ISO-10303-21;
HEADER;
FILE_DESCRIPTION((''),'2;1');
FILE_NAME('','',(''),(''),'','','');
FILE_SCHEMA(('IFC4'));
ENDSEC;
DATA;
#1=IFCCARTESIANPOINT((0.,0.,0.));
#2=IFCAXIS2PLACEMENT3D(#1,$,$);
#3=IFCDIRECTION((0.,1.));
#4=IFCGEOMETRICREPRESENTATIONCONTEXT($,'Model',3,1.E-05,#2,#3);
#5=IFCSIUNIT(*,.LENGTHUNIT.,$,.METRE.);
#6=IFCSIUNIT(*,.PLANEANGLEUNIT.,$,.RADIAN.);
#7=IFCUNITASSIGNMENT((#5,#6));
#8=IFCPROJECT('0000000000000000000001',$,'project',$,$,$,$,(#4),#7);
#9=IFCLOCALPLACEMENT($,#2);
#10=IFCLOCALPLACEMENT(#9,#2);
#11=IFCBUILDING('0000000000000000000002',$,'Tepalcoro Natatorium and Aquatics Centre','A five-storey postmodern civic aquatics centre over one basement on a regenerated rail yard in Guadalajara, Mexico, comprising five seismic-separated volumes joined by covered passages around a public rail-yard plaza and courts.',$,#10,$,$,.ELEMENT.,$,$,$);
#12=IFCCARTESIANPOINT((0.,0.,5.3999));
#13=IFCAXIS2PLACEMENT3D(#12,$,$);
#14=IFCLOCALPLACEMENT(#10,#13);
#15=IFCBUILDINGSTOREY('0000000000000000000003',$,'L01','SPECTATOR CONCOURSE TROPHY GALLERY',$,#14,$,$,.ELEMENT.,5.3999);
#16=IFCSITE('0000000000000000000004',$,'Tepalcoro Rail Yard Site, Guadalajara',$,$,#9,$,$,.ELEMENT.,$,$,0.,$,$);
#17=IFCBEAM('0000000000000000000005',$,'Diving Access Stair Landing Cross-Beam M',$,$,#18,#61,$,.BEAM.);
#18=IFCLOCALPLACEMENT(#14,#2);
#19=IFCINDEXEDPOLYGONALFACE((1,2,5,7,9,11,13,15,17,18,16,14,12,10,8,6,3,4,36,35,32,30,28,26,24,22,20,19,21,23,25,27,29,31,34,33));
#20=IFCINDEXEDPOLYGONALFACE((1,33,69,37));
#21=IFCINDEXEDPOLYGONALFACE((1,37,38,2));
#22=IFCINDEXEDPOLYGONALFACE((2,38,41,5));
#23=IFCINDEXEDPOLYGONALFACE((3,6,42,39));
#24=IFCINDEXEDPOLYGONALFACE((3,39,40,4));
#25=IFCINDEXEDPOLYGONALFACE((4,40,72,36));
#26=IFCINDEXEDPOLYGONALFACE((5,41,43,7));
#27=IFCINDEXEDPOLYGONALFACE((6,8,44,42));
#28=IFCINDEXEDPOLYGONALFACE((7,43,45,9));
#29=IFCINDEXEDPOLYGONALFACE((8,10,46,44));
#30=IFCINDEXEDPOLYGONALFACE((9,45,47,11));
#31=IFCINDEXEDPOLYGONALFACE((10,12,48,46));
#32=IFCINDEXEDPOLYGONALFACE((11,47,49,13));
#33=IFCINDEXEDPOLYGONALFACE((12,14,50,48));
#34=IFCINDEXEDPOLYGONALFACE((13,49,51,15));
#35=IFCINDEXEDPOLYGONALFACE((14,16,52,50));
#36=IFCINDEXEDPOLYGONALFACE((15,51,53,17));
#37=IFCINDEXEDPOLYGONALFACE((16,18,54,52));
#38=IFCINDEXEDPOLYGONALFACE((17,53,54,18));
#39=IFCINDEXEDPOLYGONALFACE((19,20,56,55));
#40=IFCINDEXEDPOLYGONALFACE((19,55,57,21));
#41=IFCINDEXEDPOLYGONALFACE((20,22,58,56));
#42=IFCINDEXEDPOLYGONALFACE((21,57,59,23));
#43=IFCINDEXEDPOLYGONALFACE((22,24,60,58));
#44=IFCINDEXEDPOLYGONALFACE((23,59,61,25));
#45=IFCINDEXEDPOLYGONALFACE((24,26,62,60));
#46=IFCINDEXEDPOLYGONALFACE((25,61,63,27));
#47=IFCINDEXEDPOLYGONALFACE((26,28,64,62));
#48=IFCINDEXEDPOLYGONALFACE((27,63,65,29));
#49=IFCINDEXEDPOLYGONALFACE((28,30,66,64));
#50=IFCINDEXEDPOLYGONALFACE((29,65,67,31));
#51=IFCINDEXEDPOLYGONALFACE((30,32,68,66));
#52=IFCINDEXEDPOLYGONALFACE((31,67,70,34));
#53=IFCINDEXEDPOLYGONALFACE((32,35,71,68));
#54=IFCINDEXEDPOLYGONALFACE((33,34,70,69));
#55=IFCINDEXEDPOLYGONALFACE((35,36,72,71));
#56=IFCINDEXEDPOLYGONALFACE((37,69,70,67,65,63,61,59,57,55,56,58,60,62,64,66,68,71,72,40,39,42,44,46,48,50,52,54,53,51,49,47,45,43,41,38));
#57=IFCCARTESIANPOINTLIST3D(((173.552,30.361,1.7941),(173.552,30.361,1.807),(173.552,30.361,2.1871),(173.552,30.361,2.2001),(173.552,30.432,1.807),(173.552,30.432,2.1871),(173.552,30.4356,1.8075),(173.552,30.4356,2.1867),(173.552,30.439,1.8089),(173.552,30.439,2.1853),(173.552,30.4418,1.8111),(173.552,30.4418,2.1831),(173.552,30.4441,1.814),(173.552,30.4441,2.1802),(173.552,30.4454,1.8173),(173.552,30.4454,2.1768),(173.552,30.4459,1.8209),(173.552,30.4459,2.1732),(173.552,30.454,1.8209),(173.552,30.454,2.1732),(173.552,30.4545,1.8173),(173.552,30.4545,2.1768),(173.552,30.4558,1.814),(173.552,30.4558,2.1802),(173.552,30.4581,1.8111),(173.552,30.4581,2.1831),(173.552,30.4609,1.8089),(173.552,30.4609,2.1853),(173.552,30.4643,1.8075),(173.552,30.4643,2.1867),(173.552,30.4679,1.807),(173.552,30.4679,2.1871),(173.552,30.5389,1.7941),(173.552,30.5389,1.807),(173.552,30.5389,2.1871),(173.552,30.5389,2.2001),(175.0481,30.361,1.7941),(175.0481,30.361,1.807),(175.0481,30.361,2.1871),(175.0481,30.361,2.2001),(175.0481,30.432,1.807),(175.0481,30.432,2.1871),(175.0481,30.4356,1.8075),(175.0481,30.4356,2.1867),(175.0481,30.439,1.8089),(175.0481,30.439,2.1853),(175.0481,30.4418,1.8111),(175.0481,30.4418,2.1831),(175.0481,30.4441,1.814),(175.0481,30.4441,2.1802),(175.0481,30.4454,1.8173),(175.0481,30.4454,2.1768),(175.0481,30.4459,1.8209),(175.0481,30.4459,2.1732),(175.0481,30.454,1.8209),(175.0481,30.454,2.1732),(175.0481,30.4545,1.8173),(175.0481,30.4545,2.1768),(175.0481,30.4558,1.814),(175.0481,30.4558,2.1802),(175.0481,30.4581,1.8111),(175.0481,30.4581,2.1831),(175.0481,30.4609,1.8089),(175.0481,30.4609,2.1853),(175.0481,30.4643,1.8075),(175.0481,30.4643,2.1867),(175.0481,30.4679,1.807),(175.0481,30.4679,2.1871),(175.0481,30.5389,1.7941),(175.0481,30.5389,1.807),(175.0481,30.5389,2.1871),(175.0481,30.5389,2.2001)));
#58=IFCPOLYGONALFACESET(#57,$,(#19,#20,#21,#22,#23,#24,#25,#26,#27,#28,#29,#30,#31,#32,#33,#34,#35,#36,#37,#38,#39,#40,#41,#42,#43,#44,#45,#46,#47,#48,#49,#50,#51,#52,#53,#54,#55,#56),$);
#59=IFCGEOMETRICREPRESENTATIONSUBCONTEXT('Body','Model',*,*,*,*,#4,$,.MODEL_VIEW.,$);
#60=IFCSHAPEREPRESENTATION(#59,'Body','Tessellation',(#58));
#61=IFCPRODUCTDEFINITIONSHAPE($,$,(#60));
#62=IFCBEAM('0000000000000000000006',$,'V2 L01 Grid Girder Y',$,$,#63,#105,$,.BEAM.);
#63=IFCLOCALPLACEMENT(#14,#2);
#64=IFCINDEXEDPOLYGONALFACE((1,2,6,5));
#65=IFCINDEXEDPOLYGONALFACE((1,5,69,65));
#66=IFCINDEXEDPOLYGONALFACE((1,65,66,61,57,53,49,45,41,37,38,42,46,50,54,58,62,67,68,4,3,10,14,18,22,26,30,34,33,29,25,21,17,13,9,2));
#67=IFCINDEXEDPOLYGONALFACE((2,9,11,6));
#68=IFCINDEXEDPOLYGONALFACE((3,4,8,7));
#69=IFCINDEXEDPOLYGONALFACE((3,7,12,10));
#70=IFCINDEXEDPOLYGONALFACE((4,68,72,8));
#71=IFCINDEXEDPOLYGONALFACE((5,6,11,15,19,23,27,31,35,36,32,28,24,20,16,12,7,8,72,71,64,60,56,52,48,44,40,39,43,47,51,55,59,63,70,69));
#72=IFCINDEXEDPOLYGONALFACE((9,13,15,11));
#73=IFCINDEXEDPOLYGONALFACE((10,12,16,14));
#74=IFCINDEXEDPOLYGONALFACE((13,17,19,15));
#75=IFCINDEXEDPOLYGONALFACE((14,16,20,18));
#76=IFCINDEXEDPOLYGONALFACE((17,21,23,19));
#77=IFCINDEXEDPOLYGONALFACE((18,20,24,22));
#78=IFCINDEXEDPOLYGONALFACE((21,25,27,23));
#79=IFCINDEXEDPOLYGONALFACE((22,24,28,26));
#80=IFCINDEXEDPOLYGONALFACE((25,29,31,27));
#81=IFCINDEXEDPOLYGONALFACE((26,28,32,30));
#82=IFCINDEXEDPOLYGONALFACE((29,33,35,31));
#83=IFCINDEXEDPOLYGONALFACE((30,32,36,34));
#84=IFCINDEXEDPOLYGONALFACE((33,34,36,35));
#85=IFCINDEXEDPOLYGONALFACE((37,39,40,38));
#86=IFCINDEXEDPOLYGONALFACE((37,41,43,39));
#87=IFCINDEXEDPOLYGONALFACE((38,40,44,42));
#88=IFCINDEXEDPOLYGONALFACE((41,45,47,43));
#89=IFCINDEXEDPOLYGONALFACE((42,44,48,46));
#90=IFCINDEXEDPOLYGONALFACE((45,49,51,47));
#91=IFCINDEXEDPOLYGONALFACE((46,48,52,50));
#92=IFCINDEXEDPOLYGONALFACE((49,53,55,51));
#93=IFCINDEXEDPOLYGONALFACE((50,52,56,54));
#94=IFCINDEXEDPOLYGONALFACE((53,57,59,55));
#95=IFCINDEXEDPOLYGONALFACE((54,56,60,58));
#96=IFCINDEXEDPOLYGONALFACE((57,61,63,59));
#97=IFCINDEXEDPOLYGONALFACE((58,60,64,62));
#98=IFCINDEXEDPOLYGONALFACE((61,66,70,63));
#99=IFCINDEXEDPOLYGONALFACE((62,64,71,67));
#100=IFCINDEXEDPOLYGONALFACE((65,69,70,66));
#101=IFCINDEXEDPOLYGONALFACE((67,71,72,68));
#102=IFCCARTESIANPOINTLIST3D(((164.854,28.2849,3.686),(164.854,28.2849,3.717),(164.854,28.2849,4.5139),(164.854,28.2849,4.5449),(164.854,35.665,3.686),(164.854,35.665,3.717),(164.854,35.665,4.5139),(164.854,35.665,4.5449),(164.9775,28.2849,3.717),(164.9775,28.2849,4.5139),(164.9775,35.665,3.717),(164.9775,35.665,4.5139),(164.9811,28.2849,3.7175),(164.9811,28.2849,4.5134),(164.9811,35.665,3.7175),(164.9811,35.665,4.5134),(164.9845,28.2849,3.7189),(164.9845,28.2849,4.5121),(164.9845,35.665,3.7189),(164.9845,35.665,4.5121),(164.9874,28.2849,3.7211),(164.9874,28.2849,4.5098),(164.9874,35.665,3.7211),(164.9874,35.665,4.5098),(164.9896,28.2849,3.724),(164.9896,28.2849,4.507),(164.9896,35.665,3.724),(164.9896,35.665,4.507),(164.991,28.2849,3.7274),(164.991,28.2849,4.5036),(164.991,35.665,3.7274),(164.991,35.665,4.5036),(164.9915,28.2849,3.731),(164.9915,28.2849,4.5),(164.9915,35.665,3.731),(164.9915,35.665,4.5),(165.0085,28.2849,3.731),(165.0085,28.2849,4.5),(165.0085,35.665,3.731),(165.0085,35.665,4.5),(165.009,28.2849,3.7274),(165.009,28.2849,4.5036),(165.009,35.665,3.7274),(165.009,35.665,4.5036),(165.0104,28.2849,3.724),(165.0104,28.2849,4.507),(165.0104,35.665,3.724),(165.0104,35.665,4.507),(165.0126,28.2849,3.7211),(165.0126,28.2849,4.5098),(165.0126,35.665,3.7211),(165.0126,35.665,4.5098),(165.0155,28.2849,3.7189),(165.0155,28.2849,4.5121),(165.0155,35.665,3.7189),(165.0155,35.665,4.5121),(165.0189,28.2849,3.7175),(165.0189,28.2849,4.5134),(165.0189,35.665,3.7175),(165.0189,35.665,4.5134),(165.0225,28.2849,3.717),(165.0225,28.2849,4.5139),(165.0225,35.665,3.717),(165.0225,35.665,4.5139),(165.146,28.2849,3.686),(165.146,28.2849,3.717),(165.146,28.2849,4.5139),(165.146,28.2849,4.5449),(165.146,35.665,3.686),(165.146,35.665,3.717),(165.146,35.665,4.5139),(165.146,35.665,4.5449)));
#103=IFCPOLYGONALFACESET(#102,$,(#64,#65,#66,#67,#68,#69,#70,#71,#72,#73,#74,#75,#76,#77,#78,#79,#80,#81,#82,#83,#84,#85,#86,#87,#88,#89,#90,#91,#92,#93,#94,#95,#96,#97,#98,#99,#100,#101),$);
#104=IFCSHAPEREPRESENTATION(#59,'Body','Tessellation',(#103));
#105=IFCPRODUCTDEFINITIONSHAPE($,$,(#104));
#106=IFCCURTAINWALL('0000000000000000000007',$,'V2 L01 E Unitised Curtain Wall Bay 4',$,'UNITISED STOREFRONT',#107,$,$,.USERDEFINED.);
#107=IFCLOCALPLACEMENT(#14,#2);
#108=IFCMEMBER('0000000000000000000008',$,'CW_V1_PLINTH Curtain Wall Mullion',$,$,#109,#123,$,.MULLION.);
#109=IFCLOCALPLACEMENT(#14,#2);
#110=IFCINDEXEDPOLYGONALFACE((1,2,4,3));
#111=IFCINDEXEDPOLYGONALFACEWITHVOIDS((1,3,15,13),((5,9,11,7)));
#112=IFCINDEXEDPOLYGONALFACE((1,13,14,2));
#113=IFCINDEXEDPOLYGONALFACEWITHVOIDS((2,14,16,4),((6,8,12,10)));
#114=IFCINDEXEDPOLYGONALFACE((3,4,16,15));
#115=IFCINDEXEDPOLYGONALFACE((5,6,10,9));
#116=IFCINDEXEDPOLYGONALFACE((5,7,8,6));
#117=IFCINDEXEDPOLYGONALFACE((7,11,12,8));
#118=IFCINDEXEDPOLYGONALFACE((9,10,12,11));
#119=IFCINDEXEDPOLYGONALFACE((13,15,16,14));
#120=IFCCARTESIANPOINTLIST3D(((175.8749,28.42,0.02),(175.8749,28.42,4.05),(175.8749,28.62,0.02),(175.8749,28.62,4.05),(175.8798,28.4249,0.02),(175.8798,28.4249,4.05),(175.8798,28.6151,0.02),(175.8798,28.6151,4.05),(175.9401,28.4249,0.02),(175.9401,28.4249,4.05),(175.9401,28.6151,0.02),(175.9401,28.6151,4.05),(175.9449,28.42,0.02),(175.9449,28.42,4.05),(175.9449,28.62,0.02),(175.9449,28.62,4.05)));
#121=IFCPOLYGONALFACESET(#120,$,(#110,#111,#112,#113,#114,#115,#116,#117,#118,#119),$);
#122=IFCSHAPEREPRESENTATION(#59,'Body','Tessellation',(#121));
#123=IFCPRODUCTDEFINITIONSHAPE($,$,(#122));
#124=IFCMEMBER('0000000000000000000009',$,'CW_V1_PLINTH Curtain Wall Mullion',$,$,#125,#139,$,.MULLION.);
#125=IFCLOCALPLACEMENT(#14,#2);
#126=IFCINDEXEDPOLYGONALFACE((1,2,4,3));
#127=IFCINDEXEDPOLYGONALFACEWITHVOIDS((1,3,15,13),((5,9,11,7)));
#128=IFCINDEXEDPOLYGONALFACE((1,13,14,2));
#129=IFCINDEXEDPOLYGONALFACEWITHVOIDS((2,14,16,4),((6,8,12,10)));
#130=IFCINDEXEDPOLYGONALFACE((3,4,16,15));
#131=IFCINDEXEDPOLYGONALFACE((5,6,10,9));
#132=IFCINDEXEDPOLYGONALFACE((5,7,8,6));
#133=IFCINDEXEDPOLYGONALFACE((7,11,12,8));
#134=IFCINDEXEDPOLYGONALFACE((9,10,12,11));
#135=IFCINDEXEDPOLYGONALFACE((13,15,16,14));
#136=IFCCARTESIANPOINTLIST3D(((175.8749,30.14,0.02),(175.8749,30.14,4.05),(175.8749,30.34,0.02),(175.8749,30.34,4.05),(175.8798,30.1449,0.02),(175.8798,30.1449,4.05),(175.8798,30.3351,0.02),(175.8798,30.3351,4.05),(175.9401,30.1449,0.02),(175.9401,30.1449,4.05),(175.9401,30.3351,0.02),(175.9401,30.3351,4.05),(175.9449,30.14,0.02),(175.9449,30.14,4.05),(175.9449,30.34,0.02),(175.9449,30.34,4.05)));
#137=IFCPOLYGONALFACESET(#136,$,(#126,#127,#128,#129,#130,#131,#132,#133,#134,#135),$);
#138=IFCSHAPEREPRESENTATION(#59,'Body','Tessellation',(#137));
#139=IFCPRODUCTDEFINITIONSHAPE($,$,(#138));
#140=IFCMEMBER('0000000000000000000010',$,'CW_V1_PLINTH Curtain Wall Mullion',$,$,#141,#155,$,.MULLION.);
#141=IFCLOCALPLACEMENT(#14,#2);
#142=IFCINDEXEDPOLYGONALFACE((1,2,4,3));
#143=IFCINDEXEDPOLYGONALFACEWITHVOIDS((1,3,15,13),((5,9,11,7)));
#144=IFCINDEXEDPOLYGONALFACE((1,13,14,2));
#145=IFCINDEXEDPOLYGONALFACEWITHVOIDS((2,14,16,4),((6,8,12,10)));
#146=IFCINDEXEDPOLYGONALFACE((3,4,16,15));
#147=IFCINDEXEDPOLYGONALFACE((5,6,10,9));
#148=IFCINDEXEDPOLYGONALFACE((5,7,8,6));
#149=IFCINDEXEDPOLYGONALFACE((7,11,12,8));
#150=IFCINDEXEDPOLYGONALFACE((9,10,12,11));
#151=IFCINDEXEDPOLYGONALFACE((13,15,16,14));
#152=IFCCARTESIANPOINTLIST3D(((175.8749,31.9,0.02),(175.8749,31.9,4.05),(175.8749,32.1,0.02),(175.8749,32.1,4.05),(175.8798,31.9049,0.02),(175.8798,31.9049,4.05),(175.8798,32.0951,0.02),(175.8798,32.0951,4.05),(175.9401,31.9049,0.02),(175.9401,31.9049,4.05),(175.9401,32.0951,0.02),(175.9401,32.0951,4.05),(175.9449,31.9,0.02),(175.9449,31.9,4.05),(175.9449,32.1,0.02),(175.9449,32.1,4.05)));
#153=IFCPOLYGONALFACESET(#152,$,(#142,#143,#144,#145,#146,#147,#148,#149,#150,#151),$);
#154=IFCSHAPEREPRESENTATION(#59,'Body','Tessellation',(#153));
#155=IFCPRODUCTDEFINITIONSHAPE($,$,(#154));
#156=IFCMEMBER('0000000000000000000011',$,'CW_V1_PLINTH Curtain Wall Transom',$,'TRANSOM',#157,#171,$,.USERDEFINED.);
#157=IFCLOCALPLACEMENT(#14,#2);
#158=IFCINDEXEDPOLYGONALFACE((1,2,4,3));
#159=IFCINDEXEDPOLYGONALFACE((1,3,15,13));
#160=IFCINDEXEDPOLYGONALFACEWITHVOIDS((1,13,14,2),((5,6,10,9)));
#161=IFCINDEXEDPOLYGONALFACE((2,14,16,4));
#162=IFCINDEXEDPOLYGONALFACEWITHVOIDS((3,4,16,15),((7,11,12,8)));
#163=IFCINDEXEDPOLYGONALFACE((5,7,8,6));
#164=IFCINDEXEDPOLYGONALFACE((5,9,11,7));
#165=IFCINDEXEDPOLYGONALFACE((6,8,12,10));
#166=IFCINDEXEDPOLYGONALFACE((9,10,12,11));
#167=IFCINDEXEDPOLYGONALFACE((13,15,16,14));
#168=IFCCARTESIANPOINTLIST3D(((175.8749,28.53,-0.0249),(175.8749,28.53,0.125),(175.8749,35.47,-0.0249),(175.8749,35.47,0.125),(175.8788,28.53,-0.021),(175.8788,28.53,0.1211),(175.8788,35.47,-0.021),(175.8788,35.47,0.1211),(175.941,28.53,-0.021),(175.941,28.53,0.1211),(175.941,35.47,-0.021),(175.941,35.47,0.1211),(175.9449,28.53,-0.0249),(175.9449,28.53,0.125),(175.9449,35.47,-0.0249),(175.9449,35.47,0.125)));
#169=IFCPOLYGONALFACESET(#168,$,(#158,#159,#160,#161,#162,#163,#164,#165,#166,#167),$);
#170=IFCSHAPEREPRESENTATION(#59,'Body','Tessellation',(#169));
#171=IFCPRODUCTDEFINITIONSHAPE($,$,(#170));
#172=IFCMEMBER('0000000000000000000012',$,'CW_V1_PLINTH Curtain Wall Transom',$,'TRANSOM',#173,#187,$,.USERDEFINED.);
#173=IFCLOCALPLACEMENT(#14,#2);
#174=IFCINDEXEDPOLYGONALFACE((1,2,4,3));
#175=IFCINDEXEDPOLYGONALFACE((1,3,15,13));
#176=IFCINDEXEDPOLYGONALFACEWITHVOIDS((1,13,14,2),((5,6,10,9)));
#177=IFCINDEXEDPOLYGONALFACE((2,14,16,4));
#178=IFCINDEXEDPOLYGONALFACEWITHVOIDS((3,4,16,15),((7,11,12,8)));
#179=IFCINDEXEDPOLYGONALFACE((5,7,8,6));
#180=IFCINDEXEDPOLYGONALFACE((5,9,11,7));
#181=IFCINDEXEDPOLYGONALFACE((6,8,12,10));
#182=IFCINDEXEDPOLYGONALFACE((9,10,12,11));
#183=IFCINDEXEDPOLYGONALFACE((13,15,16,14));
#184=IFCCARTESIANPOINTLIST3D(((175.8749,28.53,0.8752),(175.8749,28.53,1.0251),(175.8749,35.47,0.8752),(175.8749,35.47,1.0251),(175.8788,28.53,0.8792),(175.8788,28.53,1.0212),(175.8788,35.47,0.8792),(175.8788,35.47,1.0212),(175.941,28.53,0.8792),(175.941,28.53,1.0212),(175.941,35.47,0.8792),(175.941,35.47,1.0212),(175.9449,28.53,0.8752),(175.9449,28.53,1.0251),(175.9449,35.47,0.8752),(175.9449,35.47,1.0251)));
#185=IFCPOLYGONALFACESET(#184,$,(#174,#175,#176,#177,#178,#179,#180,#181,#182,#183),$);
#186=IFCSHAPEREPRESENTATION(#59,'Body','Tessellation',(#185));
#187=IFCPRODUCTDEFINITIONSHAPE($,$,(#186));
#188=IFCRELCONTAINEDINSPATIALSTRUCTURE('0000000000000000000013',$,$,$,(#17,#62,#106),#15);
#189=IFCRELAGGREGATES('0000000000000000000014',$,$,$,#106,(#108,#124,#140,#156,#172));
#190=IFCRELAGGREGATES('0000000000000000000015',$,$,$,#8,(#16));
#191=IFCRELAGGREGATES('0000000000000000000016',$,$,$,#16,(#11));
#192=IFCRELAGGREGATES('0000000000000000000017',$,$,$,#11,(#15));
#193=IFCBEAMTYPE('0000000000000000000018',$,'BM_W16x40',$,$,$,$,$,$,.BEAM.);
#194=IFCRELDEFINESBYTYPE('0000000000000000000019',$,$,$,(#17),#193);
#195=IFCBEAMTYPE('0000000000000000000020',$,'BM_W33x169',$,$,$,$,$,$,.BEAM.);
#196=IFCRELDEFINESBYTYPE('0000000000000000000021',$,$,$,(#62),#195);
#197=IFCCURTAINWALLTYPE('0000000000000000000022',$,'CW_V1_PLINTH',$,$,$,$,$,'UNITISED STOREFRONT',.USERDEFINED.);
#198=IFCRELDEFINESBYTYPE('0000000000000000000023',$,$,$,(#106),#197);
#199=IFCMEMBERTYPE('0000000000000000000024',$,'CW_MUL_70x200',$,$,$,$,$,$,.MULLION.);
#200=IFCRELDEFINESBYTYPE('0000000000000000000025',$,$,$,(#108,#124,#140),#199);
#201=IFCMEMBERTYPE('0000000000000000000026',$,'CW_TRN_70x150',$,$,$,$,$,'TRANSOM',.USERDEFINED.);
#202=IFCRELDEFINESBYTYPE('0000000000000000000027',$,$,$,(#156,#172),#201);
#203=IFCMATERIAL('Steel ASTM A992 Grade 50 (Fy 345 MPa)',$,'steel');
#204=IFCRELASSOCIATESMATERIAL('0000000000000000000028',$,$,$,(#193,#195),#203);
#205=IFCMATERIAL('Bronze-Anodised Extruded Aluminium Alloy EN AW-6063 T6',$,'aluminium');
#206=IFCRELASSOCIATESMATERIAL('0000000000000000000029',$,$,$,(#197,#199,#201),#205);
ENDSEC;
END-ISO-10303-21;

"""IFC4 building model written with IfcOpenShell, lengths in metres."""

from ifc_helpers import new_model, si_unit, direction, frame, origin, origin_2d, place, context, subcontext, project, spatial, hollow_rectangle, i_section, extrude, material, material_profile, profile_set, type_object, element, aggregate, save


model = new_model("IFC4")

# Units and contexts
model_context = context("Model", 3, precision=1e-05, world=origin(), true_north=direction((0.0, 1.0)))
body_context = subcontext(model_context, "Body", "Model", "MODEL_VIEW")
ifc_project = project(units=[si_unit("LENGTHUNIT", "METRE"), si_unit("PLANEANGLEUNIT", "RADIAN")], contexts=[model_context])

# Site, building, storey
site_placement = place(None, origin())
site = spatial("IfcSite", under=ifc_project, at=site_placement, Name="Tepalcoro Rail Yard Site, Guadalajara", CompositionType="ELEMENT", RefElevation=0.0)
building_placement = place(site_placement, origin())
building = spatial("IfcBuilding", under=site, at=building_placement, Name="Tepalcoro Natatorium and Aquatics Centre", Description="A five-storey postmodern civic aquatics centre over one basement on a regenerated rail yard in Guadalajara, Mexico, comprising five seismic-separated volumes joined by covered passages around a public rail-yard plaza and courts.", CompositionType="ELEMENT")
storey_placement = place(building_placement, frame((0.0, 0.0, 5.3999)))
storey = spatial("IfcBuildingStorey", under=building, at=storey_placement, Name="L01", Description="SPECTATOR CONCOURSE TROPHY GALLERY", CompositionType="ELEMENT", Elevation=5.3999)

# Shared definitions
ifc_material_1 = material(Name="Steel ASTM A992 Grade 50 (Fy 345 MPa)", Category="steel")

# Beams
ifc_material_profile_1 = material_profile(ifc_material_1, i_section(OverallWidth=0.178, OverallDepth=0.406, WebThickness=0.0081, FlangeThickness=0.0129, FilletRadius=0.0139, at=origin_2d()), Name="W16X40")
ifc_profile_set_1 = profile_set([ifc_material_profile_1], Name="Steel ASTM A992 Grade 50 (Fy 345 MPa)")
beam_type_1 = type_object("IfcBeamType", Name="BM_W16x40", PredefinedType="BEAM", material=ifc_profile_set_1)
beam_1_placement = place(storey_placement, frame((173.552, 30.45, 1.9971), z_axis=(1.0, 0.0, 0.0), x_axis=(0.0, 1.0, 0.0)))
element("IfcBeam", 1, at=beam_1_placement, inside=storey, type_object=beam_type_1, Name="Diving Access Stair Landing Cross-Beam M", PredefinedType="BEAM", context=body_context, shape_type="SweptSolid", body=[
    extrude(i_section(OverallWidth=0.178, OverallDepth=0.406, WebThickness=0.0081, FlangeThickness=0.0129, FilletRadius=0.0139, at=origin_2d()), origin(), (0.0, 0.0, 1.0), 1.4961),
])
ifc_material_profile_2 = material_profile(ifc_material_1, i_section(OverallWidth=0.292, OverallDepth=0.8589, WebThickness=0.0171, FlangeThickness=0.031, FilletRadius=0.0139, at=origin_2d()), Name="W33X169")
ifc_profile_set_2 = profile_set([ifc_material_profile_2], Name="Steel ASTM A992 Grade 50 (Fy 345 MPa)")
beam_type_2 = type_object("IfcBeamType", Name="BM_W33x169", PredefinedType="BEAM", material=ifc_profile_set_2)
beam_2_placement = place(storey_placement, frame((165.0, 28.2849, 4.1155), z_axis=(0.0, 1.0, 0.0), x_axis=(-1.0, 0.0, 0.0)))
element("IfcBeam", 2, at=beam_2_placement, inside=storey, type_object=beam_type_2, Name="V2 L01 Grid Girder Y", PredefinedType="BEAM", context=body_context, shape_type="SweptSolid", body=[
    extrude(i_section(OverallWidth=0.292, OverallDepth=0.8589, WebThickness=0.0171, FlangeThickness=0.031, FilletRadius=0.0139, at=origin_2d()), origin(), (0.0, 0.0, 1.0), 7.3801),
])

# Curtain wall, members
ifc_material_2 = material(Name="Bronze-Anodised Extruded Aluminium Alloy EN AW-6063 T6", Category="aluminium")
curtain_wall_type = type_object("IfcCurtainWallType", Name="CW_V1_PLINTH", ElementType="UNITISED STOREFRONT", PredefinedType="USERDEFINED", material=ifc_material_2)
curtain_wall_placement = place(storey_placement, origin())
curtain_wall = element("IfcCurtainWall", 3, at=curtain_wall_placement, inside=storey, type_object=curtain_wall_type, Name="V2 L01 E Unitised Curtain Wall Bay 4", ObjectType="UNITISED STOREFRONT", PredefinedType="USERDEFINED")
ifc_material_profile_3 = material_profile(ifc_material_2, hollow_rectangle(XDim=0.0701, YDim=0.2, WallThickness=0.0049, at=origin_2d()), Name="AL70X200X5")
ifc_profile_set_3 = profile_set([ifc_material_profile_3], Name="Bronze-Anodised Extruded Aluminium Alloy EN AW-6063 T6")
member_type_1 = type_object("IfcMemberType", Name="CW_MUL_70x200", PredefinedType="MULLION", material=ifc_profile_set_3)
member_1_placement = place(storey_placement, frame((175.9099, 28.52, 0.02), z_axis=(0.0, 0.0, 1.0), x_axis=(1.0, 0.0, 0.0)))
member_1 = element("IfcMember", 4, at=member_1_placement, type_object=member_type_1, Name="CW_V1_PLINTH Curtain Wall Mullion", PredefinedType="MULLION", context=body_context, shape_type="SweptSolid", body=[
    extrude(hollow_rectangle(XDim=0.0701, YDim=0.2, WallThickness=0.0049, at=origin_2d()), origin(), (0.0, 0.0, 1.0), 4.03),
])
member_2_placement = place(storey_placement, frame((175.9099, 30.24, 0.02), z_axis=(0.0, 0.0, 1.0), x_axis=(1.0, 0.0, 0.0)))
member_2 = element("IfcMember", 5, at=member_2_placement, type_object=member_type_1, Name="CW_V1_PLINTH Curtain Wall Mullion", PredefinedType="MULLION", context=body_context, shape_type="SweptSolid", body=[
    extrude(hollow_rectangle(XDim=0.0701, YDim=0.2, WallThickness=0.0049, at=origin_2d()), origin(), (0.0, 0.0, 1.0), 4.03),
])
member_3_placement = place(storey_placement, frame((175.9099, 32.0, 0.02), z_axis=(0.0, 0.0, 1.0), x_axis=(1.0, 0.0, 0.0)))
member_3 = element("IfcMember", 6, at=member_3_placement, type_object=member_type_1, Name="CW_V1_PLINTH Curtain Wall Mullion", PredefinedType="MULLION", context=body_context, shape_type="SweptSolid", body=[
    extrude(hollow_rectangle(XDim=0.0701, YDim=0.2, WallThickness=0.0049, at=origin_2d()), origin(), (0.0, 0.0, 1.0), 4.03),
])
ifc_material_profile_4 = material_profile(ifc_material_2, hollow_rectangle(XDim=0.0701, YDim=0.1499, WallThickness=0.0039, at=origin_2d()), Name="AL70X150X4")
ifc_profile_set_4 = profile_set([ifc_material_profile_4], Name="Bronze-Anodised Extruded Aluminium Alloy EN AW-6063 T6")
member_type_2 = type_object("IfcMemberType", Name="CW_TRN_70x150", ElementType="TRANSOM", PredefinedType="USERDEFINED", material=ifc_profile_set_4)
member_4_placement = place(storey_placement, frame((175.9099, 28.53, 0.05), z_axis=(0.0, 1.0, 0.0), x_axis=(-1.0, 0.0, 0.0)))
member_4 = element("IfcMember", 7, at=member_4_placement, type_object=member_type_2, Name="CW_V1_PLINTH Curtain Wall Transom", ObjectType="TRANSOM", PredefinedType="USERDEFINED", context=body_context, shape_type="SweptSolid", body=[
    extrude(hollow_rectangle(XDim=0.0701, YDim=0.1499, WallThickness=0.0039, at=origin_2d()), origin(), (0.0, 0.0, 1.0), 6.9399),
])
member_5_placement = place(storey_placement, frame((175.9099, 28.53, 0.9502), z_axis=(0.0, 1.0, 0.0), x_axis=(-1.0, 0.0, 0.0)))
member_5 = element("IfcMember", 8, at=member_5_placement, type_object=member_type_2, Name="CW_V1_PLINTH Curtain Wall Transom", ObjectType="TRANSOM", PredefinedType="USERDEFINED", context=body_context, shape_type="SweptSolid", body=[
    extrude(hollow_rectangle(XDim=0.0701, YDim=0.1499, WallThickness=0.0039, at=origin_2d()), origin(), (0.0, 0.0, 1.0), 6.9399),
])

aggregate(curtain_wall, [member_1, member_2, member_3, member_4, member_5])

save(model, "model.ifc")
